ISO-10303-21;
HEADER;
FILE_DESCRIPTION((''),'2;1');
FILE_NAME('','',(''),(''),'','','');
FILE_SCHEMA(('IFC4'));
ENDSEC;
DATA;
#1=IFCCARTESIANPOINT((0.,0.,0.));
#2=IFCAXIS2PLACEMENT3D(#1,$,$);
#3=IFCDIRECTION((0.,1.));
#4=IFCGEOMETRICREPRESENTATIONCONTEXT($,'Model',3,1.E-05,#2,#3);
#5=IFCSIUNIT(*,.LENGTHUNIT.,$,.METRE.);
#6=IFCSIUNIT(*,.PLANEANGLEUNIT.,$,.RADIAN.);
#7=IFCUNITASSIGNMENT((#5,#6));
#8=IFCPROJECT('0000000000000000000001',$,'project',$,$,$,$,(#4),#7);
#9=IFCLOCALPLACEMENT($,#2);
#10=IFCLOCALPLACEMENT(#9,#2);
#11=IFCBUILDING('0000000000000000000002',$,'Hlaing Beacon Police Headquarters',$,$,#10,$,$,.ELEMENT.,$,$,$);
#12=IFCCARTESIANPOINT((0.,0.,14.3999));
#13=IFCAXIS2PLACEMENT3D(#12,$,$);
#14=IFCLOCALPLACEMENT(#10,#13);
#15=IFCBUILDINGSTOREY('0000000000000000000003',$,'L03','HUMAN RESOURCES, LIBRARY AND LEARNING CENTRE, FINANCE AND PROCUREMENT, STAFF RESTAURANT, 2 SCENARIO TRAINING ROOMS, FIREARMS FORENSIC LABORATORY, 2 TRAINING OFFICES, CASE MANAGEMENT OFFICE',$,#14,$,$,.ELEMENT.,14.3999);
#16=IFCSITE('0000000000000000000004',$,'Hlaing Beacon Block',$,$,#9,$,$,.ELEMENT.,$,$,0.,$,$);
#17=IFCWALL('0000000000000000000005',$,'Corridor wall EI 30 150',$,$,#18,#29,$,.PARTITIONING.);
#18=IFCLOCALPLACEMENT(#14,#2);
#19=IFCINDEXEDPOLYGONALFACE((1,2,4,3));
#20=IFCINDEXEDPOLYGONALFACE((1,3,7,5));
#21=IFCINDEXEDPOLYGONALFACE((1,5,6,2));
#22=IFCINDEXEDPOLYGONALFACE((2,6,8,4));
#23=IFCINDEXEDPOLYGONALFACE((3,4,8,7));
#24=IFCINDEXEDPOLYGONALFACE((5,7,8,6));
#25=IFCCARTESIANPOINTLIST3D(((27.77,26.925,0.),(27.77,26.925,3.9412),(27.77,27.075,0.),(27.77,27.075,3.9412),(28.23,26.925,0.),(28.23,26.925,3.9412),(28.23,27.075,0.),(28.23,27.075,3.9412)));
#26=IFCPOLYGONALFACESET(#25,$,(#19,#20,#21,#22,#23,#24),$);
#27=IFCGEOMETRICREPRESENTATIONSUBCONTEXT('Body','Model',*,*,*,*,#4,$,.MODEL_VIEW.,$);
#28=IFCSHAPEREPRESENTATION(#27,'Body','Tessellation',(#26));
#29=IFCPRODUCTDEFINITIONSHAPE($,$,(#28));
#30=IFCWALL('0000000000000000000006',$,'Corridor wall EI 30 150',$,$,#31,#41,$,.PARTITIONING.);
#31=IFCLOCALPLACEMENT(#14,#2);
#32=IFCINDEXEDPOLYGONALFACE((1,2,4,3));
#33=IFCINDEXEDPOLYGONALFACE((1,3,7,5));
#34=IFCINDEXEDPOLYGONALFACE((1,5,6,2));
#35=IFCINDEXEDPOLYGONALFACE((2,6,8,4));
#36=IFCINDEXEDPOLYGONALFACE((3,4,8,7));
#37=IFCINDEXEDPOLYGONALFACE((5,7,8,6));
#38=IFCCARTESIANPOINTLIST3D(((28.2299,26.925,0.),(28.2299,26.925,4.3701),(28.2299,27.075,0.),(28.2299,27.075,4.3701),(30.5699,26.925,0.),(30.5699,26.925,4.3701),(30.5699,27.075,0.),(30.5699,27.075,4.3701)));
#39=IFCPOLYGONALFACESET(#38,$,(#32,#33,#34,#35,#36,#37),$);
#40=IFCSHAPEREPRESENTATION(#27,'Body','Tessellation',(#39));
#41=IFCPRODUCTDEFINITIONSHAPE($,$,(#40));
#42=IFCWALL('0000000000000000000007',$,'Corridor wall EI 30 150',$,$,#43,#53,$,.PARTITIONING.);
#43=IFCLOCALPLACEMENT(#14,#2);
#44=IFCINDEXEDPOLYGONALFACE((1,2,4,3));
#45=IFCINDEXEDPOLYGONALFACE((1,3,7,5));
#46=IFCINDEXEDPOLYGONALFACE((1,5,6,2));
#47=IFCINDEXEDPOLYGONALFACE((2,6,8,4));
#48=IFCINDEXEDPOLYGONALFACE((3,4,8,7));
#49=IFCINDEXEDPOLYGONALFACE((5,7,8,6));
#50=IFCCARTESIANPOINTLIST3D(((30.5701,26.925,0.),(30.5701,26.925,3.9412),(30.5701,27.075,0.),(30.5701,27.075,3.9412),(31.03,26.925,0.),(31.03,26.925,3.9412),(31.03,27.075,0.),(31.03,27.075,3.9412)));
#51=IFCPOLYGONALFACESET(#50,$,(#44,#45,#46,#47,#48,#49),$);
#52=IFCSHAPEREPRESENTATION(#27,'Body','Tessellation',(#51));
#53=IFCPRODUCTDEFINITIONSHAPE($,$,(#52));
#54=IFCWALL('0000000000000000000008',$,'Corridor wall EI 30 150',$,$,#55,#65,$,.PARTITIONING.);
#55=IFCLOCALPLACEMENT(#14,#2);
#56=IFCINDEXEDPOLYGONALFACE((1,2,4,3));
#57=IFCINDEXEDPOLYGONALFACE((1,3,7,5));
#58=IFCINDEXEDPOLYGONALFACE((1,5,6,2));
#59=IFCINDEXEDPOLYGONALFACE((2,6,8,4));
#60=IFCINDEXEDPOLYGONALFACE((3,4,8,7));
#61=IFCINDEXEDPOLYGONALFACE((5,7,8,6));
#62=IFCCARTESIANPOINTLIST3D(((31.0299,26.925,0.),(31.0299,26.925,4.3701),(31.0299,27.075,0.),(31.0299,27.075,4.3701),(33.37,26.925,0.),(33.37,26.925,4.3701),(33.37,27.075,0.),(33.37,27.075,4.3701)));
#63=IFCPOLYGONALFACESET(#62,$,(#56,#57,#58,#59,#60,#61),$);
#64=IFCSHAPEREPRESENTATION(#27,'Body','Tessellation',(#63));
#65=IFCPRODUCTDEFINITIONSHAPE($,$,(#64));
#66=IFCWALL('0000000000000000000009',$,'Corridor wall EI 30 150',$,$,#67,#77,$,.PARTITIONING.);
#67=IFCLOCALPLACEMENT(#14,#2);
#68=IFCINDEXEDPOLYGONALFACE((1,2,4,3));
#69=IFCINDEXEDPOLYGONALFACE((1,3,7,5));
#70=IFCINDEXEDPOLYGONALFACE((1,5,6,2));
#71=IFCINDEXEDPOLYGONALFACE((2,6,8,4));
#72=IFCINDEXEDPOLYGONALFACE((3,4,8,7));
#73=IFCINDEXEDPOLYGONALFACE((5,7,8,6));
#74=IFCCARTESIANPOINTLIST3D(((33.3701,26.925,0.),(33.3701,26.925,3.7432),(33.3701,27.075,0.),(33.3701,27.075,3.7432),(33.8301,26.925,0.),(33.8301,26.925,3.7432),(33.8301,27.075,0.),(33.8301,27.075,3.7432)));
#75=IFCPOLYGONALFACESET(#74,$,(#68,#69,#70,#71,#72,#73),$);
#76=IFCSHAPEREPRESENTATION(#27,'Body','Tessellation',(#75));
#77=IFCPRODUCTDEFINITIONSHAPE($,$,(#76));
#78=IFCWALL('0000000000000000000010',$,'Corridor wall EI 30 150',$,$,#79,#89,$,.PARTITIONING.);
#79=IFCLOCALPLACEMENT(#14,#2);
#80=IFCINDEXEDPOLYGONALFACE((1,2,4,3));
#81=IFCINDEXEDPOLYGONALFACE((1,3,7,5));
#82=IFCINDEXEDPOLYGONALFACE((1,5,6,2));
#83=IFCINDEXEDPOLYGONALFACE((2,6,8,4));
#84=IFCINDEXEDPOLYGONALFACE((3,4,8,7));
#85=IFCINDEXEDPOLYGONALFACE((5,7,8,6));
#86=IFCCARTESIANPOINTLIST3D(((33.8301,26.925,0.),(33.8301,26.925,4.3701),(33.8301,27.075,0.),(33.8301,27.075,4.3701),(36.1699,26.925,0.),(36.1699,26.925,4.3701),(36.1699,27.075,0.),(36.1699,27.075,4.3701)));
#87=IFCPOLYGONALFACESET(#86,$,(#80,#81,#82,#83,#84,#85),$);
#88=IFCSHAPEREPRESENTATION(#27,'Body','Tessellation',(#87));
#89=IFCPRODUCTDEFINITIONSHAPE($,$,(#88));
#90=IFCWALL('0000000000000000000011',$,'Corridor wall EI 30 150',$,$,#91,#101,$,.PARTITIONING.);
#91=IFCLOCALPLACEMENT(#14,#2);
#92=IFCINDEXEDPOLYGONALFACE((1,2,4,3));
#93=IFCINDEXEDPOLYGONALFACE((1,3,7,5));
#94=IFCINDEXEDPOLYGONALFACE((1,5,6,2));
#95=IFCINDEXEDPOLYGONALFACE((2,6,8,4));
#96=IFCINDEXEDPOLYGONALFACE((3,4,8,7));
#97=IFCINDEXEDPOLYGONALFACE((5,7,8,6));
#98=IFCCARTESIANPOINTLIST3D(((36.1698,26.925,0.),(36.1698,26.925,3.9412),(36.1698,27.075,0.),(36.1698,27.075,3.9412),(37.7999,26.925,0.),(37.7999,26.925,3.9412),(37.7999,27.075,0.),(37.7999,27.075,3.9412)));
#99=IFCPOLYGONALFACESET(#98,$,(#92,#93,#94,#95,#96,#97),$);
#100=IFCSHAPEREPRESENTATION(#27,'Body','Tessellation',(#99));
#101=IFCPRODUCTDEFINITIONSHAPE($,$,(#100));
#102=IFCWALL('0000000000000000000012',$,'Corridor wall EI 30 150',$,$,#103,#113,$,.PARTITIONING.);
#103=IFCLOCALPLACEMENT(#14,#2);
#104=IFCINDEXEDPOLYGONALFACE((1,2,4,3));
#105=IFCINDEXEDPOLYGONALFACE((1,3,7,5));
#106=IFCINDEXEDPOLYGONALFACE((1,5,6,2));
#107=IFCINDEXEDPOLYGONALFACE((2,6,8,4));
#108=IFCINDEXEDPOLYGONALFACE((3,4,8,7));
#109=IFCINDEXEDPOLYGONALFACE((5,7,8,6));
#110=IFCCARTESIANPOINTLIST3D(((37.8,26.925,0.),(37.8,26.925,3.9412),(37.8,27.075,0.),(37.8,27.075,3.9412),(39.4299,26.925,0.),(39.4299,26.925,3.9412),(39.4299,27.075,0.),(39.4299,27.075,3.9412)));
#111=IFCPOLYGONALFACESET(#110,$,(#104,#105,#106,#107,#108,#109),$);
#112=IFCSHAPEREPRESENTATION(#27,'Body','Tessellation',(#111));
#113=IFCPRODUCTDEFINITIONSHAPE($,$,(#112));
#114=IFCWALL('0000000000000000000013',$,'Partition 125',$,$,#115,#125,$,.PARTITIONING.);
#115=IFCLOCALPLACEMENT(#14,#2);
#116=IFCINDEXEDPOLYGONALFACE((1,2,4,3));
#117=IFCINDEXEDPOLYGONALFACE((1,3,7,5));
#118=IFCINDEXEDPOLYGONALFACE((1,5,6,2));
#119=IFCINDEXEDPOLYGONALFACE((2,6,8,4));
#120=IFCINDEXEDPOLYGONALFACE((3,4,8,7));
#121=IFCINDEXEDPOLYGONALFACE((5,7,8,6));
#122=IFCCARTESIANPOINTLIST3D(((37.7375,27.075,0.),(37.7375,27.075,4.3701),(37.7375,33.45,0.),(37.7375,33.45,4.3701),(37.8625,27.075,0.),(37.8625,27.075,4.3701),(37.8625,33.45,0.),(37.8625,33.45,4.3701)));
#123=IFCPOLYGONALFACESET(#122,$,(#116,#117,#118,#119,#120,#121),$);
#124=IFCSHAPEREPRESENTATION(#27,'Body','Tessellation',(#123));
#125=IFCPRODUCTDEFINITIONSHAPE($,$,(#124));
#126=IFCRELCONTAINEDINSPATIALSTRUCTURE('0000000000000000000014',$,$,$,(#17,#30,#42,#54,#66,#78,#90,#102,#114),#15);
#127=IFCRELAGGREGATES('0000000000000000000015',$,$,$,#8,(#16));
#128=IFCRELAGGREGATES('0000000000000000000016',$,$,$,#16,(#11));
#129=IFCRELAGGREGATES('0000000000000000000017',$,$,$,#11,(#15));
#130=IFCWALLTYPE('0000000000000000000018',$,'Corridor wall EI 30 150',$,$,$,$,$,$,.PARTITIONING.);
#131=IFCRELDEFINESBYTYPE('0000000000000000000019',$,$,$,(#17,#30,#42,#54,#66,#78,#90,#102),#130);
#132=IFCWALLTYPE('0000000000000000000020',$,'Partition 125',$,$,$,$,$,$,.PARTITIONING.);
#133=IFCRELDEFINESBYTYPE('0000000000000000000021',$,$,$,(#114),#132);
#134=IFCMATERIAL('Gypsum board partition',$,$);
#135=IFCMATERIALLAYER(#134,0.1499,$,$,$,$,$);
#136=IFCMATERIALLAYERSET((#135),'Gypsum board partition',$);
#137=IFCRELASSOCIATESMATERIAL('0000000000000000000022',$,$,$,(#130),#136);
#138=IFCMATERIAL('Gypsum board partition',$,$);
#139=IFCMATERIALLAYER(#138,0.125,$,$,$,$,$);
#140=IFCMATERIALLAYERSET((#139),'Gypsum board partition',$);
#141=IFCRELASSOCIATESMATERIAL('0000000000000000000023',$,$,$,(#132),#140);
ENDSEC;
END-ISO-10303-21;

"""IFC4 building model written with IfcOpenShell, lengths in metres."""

from ifc_helpers import new_model, si_unit, direction, frame, frame_2d, origin, place, context, subcontext, project, spatial, rectangle, extrude, material, layer, layer_set, type_object, element, save


model = new_model("IFC4")

# Units and contexts
model_context = context("Model", 3, precision=1e-05, world=origin(), true_north=direction((0.0, 1.0)))
body_context = subcontext(model_context, "Body", "Model", "MODEL_VIEW")
ifc_project = project(units=[si_unit("LENGTHUNIT", "METRE"), si_unit("PLANEANGLEUNIT", "RADIAN")], contexts=[model_context])

# Site, building, storey
site_placement = place(None, origin())
site = spatial("IfcSite", under=ifc_project, at=site_placement, Name="Hlaing Beacon Block", CompositionType="ELEMENT", RefElevation=0.0)
building_placement = place(site_placement, origin())
building = spatial("IfcBuilding", under=site, at=building_placement, Name="Hlaing Beacon Police Headquarters", CompositionType="ELEMENT")
storey_placement = place(building_placement, frame((0.0, 0.0, 14.3999)))
storey = spatial("IfcBuildingStorey", under=building, at=storey_placement, Name="L03", Description="HUMAN RESOURCES, LIBRARY AND LEARNING CENTRE, FINANCE AND PROCUREMENT, STAFF RESTAURANT, 2 SCENARIO TRAINING ROOMS, FIREARMS FORENSIC LABORATORY, 2 TRAINING OFFICES, CASE MANAGEMENT OFFICE", CompositionType="ELEMENT", Elevation=14.3999)

# Shared definitions
ifc_material_1 = material(Name="Gypsum board partition")
ifc_layer_1 = layer(ifc_material_1, 0.1499)
ifc_layer_set_1 = layer_set([ifc_layer_1], Name="Gypsum board partition")
wall_type_1 = type_object("IfcWallType", Name="Corridor wall EI 30 150", PredefinedType="PARTITIONING", material=ifc_layer_set_1)

# Walls
wall_1_placement = place(storey_placement, frame((27.77, 27.0, 0.0), z_axis=(0.0, 0.0, 1.0), x_axis=(1.0, 0.0, 0.0)))
element("IfcWall", 1, at=wall_1_placement, inside=storey, type_object=wall_type_1, Name="Corridor wall EI 30 150", PredefinedType="PARTITIONING", context=body_context, shape_type="SweptSolid", body=[
    extrude(rectangle(XDim=0.46, YDim=0.1499, at=frame_2d((0.23, 0.0))), origin(), (0.0, 0.0, 1.0), 3.9412),
])
wall_2_placement = place(storey_placement, frame((28.23, 27.0, 0.0), z_axis=(0.0, 0.0, 1.0), x_axis=(1.0, 0.0, 0.0)))
element("IfcWall", 2, at=wall_2_placement, inside=storey, type_object=wall_type_1, Name="Corridor wall EI 30 150", PredefinedType="PARTITIONING", context=body_context, shape_type="SweptSolid", body=[
    extrude(rectangle(XDim=2.3401, YDim=0.1499, at=frame_2d((1.1699, 0.0))), origin(), (0.0, 0.0, 1.0), 4.3701),
])
wall_3_placement = place(storey_placement, frame((30.5701, 27.0, 0.0), z_axis=(0.0, 0.0, 1.0), x_axis=(1.0, 0.0, 0.0)))
element("IfcWall", 3, at=wall_3_placement, inside=storey, type_object=wall_type_1, Name="Corridor wall EI 30 150", PredefinedType="PARTITIONING", context=body_context, shape_type="SweptSolid", body=[
    extrude(rectangle(XDim=0.46, YDim=0.1499, at=frame_2d((0.23, 0.0))), origin(), (0.0, 0.0, 1.0), 3.9412),
])
wall_4_placement = place(storey_placement, frame((31.03, 27.0, 0.0), z_axis=(0.0, 0.0, 1.0), x_axis=(1.0, 0.0, 0.0)))
element("IfcWall", 4, at=wall_4_placement, inside=storey, type_object=wall_type_1, Name="Corridor wall EI 30 150", PredefinedType="PARTITIONING", context=body_context, shape_type="SweptSolid", body=[
    extrude(rectangle(XDim=2.3401, YDim=0.1499, at=frame_2d((1.1699, 0.0))), origin(), (0.0, 0.0, 1.0), 4.3701),
])
wall_5_placement = place(storey_placement, frame((33.3701, 27.0, 0.0), z_axis=(0.0, 0.0, 1.0), x_axis=(1.0, 0.0, 0.0)))
element("IfcWall", 5, at=wall_5_placement, inside=storey, type_object=wall_type_1, Name="Corridor wall EI 30 150", PredefinedType="PARTITIONING", context=body_context, shape_type="SweptSolid", body=[
    extrude(rectangle(XDim=0.46, YDim=0.1499, at=frame_2d((0.23, 0.0))), origin(), (0.0, 0.0, 1.0), 3.7432),
])
wall_6_placement = place(storey_placement, frame((33.8301, 27.0, 0.0), z_axis=(0.0, 0.0, 1.0), x_axis=(1.0, 0.0, 0.0)))
element("IfcWall", 6, at=wall_6_placement, inside=storey, type_object=wall_type_1, Name="Corridor wall EI 30 150", PredefinedType="PARTITIONING", context=body_context, shape_type="SweptSolid", body=[
    extrude(rectangle(XDim=2.3398, YDim=0.1499, at=frame_2d((1.1699, 0.0))), origin(), (0.0, 0.0, 1.0), 4.3701),
])
wall_7_placement = place(storey_placement, frame((36.1699, 27.0, 0.0), z_axis=(0.0, 0.0, 1.0), x_axis=(1.0, 0.0, 0.0)))
element("IfcWall", 7, at=wall_7_placement, inside=storey, type_object=wall_type_1, Name="Corridor wall EI 30 150", PredefinedType="PARTITIONING", context=body_context, shape_type="SweptSolid", body=[
    extrude(rectangle(XDim=1.6301, YDim=0.1499, at=frame_2d((0.8149, 0.0))), origin(), (0.0, 0.0, 1.0), 3.9412),
])
wall_8_placement = place(storey_placement, frame((37.8, 27.0, 0.0), z_axis=(0.0, 0.0, 1.0), x_axis=(1.0, 0.0, 0.0)))
element("IfcWall", 8, at=wall_8_placement, inside=storey, type_object=wall_type_1, Name="Corridor wall EI 30 150", PredefinedType="PARTITIONING", context=body_context, shape_type="SweptSolid", body=[
    extrude(rectangle(XDim=1.6299, YDim=0.1499, at=frame_2d((0.8149, 0.0))), origin(), (0.0, 0.0, 1.0), 3.9412),
])
ifc_material_2 = material(Name="Gypsum board partition")
ifc_layer_2 = layer(ifc_material_2, 0.125)
ifc_layer_set_2 = layer_set([ifc_layer_2], Name="Gypsum board partition")
wall_type_2 = type_object("IfcWallType", Name="Partition 125", PredefinedType="PARTITIONING", material=ifc_layer_set_2)
wall_9_placement = place(storey_placement, frame((37.8, 27.075, 0.0), z_axis=(0.0, 0.0, 1.0), x_axis=(0.0, 1.0, 0.0)))
element("IfcWall", 9, at=wall_9_placement, inside=storey, type_object=wall_type_2, Name="Partition 125", PredefinedType="PARTITIONING", context=body_context, shape_type="SweptSolid", body=[
    extrude(rectangle(XDim=6.375, YDim=0.125, at=frame_2d((3.1875, 0.0))), origin(), (0.0, 0.0, 1.0), 4.3701),
])

save(model, "model.ifc")
